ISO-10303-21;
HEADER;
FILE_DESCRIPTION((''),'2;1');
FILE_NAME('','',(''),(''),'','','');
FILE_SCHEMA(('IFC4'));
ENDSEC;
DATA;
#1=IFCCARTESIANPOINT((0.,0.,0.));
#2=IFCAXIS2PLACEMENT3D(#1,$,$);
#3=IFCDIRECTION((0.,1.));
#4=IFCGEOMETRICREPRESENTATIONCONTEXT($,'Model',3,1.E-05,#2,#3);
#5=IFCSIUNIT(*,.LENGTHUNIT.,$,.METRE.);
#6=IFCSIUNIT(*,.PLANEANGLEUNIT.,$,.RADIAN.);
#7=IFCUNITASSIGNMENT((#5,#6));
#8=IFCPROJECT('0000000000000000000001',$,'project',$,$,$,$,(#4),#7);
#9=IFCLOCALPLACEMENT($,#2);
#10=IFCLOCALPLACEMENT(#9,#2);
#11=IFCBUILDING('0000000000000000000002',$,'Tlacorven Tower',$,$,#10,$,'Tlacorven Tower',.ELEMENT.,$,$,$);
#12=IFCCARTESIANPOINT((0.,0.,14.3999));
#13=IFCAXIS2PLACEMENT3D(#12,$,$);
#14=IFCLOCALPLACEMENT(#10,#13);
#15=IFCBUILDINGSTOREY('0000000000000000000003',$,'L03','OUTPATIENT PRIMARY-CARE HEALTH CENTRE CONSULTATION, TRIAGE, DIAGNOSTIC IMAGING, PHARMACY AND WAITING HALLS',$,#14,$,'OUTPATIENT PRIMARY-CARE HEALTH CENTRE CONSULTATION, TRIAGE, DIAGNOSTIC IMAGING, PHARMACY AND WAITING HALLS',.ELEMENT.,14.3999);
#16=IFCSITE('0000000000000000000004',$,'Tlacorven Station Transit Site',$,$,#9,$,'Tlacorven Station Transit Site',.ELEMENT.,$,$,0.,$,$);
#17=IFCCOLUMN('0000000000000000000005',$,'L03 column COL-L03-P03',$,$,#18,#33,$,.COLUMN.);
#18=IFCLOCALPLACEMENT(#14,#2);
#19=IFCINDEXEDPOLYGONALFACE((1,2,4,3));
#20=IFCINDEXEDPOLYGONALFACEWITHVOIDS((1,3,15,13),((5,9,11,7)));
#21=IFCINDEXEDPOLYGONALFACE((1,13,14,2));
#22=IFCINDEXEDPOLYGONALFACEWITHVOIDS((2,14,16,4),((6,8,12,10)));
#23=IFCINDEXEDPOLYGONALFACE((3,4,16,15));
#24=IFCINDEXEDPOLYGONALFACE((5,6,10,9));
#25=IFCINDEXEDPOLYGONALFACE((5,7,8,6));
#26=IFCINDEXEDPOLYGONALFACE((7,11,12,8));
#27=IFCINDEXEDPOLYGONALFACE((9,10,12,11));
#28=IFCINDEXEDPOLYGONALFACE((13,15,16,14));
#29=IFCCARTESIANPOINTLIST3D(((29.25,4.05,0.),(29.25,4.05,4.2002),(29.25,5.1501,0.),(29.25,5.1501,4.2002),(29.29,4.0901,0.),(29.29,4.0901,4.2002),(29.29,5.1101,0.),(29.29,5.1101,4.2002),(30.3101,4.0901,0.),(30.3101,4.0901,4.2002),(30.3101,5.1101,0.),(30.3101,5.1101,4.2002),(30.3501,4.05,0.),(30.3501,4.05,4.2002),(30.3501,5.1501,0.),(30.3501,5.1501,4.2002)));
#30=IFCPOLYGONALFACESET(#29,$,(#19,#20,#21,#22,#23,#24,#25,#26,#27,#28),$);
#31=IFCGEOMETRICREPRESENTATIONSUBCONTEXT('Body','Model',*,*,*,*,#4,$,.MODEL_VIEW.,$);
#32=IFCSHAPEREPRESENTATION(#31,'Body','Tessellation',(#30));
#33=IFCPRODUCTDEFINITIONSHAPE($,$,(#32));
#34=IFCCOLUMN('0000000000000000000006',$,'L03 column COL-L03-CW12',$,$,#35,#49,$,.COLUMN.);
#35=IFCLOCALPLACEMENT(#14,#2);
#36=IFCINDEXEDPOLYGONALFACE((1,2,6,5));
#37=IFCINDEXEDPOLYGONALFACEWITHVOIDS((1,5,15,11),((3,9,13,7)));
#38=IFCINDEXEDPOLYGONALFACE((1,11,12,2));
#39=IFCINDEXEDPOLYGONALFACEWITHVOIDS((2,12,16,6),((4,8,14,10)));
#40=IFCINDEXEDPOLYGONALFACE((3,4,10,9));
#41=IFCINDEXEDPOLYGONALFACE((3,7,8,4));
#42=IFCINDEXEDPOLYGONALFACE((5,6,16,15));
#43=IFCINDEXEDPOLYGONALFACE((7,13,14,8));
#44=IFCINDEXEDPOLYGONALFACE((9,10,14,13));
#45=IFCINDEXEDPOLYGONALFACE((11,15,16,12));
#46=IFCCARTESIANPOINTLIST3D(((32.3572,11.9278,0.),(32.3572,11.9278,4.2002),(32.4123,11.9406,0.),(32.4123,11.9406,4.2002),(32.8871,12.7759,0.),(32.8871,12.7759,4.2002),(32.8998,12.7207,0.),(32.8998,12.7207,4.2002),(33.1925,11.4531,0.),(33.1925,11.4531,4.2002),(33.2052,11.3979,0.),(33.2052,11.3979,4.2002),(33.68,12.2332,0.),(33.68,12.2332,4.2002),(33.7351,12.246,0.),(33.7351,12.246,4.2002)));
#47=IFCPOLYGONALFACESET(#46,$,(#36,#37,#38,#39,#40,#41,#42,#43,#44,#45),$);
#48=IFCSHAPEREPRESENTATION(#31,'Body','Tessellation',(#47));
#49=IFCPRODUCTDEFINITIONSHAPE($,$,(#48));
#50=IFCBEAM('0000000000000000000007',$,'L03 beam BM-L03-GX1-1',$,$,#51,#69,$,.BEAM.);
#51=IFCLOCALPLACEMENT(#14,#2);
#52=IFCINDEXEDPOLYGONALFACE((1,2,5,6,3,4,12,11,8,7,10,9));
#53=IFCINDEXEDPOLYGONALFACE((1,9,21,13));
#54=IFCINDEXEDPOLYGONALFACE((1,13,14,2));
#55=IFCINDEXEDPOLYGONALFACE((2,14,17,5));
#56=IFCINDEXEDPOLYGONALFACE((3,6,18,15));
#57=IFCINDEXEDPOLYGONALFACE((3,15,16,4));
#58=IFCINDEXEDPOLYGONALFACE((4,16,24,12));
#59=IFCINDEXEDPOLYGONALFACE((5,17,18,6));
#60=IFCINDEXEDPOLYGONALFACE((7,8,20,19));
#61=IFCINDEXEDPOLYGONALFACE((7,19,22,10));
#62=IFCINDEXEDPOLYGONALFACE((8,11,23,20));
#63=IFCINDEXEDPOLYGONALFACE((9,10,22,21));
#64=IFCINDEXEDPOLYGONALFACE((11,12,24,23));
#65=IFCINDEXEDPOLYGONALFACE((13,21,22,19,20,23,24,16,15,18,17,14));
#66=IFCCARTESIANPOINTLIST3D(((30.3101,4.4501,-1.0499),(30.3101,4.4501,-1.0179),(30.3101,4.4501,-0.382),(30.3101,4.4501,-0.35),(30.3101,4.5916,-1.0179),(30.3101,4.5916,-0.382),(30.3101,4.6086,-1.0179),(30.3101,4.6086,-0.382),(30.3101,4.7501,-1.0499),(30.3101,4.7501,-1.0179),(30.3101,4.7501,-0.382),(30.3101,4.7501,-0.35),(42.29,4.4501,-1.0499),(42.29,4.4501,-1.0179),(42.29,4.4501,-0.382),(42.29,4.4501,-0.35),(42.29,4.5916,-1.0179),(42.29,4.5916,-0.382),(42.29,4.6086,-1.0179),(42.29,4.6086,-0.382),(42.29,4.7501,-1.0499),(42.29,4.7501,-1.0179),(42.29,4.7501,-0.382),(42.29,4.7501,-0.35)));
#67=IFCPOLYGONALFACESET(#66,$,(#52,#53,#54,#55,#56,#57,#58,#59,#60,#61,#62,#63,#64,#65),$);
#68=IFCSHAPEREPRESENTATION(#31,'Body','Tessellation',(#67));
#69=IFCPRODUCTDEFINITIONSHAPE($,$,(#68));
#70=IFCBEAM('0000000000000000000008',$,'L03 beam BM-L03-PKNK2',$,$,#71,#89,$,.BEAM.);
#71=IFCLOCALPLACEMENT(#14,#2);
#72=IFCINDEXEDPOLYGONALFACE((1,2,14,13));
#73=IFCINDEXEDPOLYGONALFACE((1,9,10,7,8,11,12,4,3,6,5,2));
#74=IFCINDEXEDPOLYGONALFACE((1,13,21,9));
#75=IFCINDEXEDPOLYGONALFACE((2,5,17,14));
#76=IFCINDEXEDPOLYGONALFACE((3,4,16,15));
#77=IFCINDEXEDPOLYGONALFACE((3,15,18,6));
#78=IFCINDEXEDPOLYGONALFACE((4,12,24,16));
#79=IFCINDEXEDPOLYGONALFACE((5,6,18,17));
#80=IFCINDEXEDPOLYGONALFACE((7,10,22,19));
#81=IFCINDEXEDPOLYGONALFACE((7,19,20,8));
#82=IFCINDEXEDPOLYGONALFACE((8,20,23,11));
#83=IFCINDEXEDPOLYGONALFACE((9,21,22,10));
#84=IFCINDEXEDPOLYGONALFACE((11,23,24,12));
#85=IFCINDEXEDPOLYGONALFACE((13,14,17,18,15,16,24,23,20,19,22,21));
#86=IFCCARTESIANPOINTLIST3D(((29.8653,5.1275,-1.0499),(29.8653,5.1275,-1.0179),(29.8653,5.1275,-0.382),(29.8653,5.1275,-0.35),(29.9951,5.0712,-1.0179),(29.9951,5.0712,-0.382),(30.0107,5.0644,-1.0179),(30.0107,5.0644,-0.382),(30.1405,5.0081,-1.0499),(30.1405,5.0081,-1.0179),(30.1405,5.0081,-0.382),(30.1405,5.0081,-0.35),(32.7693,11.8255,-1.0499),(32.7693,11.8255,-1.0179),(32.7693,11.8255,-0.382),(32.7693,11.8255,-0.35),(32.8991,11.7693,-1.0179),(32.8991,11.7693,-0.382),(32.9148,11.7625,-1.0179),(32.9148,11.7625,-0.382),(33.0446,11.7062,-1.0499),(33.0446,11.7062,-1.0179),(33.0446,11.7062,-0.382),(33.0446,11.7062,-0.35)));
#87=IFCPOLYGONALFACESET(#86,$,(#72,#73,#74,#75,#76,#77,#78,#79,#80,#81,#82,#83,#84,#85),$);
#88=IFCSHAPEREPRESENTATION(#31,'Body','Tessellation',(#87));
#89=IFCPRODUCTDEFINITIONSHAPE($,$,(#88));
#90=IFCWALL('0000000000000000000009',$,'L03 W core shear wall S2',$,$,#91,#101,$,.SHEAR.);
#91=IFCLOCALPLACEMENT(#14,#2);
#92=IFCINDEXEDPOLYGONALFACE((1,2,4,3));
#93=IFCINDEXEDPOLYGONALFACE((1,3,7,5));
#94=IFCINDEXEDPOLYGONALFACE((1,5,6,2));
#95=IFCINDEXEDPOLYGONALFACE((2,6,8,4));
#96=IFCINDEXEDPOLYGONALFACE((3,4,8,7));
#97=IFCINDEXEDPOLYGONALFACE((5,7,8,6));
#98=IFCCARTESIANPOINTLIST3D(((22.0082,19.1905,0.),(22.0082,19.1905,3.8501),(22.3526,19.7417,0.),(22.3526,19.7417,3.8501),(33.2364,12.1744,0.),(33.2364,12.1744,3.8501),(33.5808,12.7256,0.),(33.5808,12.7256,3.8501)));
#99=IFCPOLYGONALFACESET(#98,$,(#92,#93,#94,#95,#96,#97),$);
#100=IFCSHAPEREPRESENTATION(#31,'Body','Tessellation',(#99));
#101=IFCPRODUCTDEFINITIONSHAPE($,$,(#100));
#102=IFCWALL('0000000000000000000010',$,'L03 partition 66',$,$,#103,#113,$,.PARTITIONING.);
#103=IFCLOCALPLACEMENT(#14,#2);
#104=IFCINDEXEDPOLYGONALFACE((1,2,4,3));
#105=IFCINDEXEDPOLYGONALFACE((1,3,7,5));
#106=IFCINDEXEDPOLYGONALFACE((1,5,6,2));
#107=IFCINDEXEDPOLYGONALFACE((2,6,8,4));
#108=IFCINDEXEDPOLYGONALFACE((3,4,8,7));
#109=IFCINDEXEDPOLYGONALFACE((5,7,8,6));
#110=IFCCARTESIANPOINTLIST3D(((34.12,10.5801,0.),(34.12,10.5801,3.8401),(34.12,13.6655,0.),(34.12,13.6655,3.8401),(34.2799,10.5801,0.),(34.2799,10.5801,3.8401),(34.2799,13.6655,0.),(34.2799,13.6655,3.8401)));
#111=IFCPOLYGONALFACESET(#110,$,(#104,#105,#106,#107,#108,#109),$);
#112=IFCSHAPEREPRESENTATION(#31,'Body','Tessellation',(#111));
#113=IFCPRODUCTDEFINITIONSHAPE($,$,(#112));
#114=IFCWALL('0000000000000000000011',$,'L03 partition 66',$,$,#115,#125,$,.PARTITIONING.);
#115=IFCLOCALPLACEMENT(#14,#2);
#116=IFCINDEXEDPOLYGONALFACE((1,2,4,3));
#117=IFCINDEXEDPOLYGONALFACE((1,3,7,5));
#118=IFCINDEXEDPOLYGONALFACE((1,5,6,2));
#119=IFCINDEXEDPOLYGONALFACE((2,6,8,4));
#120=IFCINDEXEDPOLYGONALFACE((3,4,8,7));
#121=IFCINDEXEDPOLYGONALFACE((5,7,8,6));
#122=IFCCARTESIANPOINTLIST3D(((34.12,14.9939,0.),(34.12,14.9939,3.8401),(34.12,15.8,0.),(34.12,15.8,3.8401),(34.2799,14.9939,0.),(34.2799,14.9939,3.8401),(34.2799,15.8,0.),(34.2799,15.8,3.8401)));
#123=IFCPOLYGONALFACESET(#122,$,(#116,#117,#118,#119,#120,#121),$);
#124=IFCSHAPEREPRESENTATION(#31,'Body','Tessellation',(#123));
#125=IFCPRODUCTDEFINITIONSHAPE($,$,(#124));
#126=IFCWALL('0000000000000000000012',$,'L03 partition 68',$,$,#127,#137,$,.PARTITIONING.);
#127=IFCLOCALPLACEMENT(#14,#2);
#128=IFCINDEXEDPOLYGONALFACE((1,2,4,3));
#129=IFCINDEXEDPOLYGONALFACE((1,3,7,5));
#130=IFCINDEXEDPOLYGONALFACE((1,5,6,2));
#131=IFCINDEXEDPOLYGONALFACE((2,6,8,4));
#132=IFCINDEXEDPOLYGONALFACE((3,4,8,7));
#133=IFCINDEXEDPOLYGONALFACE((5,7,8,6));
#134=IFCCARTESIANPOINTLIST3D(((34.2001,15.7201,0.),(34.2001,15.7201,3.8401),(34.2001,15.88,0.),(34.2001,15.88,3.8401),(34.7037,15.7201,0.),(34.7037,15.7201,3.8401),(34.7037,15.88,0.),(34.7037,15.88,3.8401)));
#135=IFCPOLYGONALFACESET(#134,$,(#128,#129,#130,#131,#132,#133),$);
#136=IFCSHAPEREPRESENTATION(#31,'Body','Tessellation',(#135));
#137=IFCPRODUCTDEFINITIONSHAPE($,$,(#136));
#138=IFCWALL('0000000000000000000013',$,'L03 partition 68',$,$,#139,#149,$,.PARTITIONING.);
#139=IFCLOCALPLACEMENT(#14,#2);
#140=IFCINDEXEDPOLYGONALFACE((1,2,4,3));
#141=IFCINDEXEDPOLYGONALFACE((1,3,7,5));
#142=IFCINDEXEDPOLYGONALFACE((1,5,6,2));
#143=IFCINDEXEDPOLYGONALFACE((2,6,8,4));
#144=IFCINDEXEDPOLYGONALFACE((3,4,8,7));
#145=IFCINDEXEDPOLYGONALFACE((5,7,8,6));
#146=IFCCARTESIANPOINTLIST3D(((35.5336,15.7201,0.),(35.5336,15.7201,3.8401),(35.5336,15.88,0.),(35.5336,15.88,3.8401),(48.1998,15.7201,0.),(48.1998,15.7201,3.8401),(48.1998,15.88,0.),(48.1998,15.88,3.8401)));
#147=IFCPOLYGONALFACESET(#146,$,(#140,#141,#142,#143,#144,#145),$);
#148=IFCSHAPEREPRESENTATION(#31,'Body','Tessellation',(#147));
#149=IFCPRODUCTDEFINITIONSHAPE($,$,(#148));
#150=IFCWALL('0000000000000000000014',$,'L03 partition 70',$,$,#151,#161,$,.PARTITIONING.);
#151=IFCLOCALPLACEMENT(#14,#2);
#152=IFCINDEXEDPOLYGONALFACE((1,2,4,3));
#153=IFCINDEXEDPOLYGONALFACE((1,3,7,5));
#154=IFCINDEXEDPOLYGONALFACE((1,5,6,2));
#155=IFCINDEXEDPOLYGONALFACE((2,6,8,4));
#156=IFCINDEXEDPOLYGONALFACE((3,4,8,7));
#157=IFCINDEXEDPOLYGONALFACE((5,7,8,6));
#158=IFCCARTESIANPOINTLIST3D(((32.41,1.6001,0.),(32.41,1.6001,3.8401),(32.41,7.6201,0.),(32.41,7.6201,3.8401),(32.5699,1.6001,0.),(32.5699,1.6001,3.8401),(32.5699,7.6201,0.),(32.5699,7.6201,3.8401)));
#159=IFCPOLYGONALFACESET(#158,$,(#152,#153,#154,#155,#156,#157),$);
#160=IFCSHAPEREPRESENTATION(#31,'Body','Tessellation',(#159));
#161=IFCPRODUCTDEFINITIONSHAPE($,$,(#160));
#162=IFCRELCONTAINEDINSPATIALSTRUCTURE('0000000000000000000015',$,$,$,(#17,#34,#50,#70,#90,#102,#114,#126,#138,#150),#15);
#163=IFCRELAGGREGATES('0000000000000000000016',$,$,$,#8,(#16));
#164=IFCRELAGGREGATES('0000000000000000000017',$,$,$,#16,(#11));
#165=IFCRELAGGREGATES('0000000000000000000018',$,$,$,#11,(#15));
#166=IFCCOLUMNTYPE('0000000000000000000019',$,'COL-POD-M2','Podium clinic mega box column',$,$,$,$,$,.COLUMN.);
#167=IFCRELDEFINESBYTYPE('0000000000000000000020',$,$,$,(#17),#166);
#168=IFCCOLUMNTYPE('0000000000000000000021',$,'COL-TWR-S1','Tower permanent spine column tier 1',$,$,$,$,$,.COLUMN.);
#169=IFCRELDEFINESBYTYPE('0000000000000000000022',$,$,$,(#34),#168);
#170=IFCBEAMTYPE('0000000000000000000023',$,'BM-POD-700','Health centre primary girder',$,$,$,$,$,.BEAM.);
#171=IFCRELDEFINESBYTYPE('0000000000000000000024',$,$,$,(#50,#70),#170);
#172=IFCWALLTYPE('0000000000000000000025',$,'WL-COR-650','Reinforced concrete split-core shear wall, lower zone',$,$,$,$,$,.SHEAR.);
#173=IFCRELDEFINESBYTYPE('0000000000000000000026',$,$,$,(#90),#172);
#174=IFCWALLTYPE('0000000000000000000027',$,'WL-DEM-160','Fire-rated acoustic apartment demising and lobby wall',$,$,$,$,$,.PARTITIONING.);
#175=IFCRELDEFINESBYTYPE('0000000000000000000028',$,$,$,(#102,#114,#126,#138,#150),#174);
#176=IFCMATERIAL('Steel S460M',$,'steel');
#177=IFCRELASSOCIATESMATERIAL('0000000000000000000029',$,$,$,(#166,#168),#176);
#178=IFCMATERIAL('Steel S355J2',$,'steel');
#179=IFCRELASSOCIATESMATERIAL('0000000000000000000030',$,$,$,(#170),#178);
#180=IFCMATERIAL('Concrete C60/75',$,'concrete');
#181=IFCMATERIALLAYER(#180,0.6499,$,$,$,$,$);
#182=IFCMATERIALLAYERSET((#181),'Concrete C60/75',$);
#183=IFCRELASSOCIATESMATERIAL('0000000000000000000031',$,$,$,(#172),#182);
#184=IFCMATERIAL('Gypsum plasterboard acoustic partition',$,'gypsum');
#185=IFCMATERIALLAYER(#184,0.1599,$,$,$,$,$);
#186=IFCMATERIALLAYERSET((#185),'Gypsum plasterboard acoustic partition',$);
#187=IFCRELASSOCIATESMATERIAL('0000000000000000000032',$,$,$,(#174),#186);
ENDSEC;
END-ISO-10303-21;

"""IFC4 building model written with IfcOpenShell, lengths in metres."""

from ifc_helpers import new_model, si_unit, direction, frame, frame_2d, origin, origin_2d, place, context, subcontext, project, spatial, rectangle, hollow_rectangle, i_section, extrude, source, transform, mapped, material, layer, layer_set, material_profile, profile_set, type_object, element, save


model = new_model("IFC4")

# Units and contexts
model_context = context("Model", 3, precision=1e-05, world=origin(), true_north=direction((0.0, 1.0)))
body_context = subcontext(model_context, "Body", "Model", "MODEL_VIEW")
ifc_project = project(units=[si_unit("LENGTHUNIT", "METRE"), si_unit("PLANEANGLEUNIT", "RADIAN")], contexts=[model_context])

# Site, building, storey
site_placement = place(None, origin())
site = spatial("IfcSite", under=ifc_project, at=site_placement, Name="Tlacorven Station Transit Site", LongName="Tlacorven Station Transit Site", CompositionType="ELEMENT", RefElevation=0.0)
building_placement = place(site_placement, origin())
building = spatial("IfcBuilding", under=site, at=building_placement, Name="Tlacorven Tower", LongName="Tlacorven Tower", CompositionType="ELEMENT")
storey_placement = place(building_placement, frame((0.0, 0.0, 14.3999)))
storey = spatial("IfcBuildingStorey", under=building, at=storey_placement, Name="L03", Description="OUTPATIENT PRIMARY-CARE HEALTH CENTRE CONSULTATION, TRIAGE, DIAGNOSTIC IMAGING, PHARMACY AND WAITING HALLS", LongName="OUTPATIENT PRIMARY-CARE HEALTH CENTRE CONSULTATION, TRIAGE, DIAGNOSTIC IMAGING, PHARMACY AND WAITING HALLS", CompositionType="ELEMENT", Elevation=14.3999)

# Columns
ifc_material_1 = material(Name="Steel S460M", Category="steel")
ifc_material_profile_1 = material_profile(ifc_material_1, hollow_rectangle(XDim=1.1001, YDim=1.1001, WallThickness=0.04, at=origin_2d()), Name="BOX 1100X1100X40")
ifc_profile_set_1 = profile_set([ifc_material_profile_1], Name="Steel S460M")
column_type_1 = type_object("IfcColumnType", Name="COL-POD-M2", Description="Podium clinic mega box column", PredefinedType="COLUMN", material=ifc_profile_set_1)
shared_shape_1 = source(origin(), body_context, "Body", "SweptSolid", [
    extrude(hollow_rectangle(XDim=1.1001, YDim=1.1001, WallThickness=0.04, at=origin_2d()), origin(), (0.0, 0.0, 1.0), 4.2002),
])
column_1_placement = place(storey_placement, frame((29.8, 4.6001, 0.0), z_axis=(0.0, 0.0, 1.0), x_axis=(1.0, 0.0, 0.0)))
element("IfcColumn", 1, at=column_1_placement, inside=storey, type_object=column_type_1, Name="L03 column COL-L03-P03", PredefinedType="COLUMN", context=body_context, shape_type="MappedRepresentation", body=[
    mapped(shared_shape_1, transform((0.0, 0.0, 0.0), scale=1.0)),
])
ifc_material_profile_2 = material_profile(ifc_material_1, hollow_rectangle(XDim=1.0, YDim=1.0, WallThickness=0.04, at=origin_2d()), Name="BOX 1000X1000X40")
ifc_profile_set_2 = profile_set([ifc_material_profile_2], Name="Steel S460M")
column_type_2 = type_object("IfcColumnType", Name="COL-TWR-S1", Description="Tower permanent spine column tier 1", PredefinedType="COLUMN", material=ifc_profile_set_2)
shared_shape_2 = source(origin(), body_context, "Body", "SweptSolid", [
    extrude(hollow_rectangle(XDim=1.0, YDim=1.0, WallThickness=0.04, at=origin_2d()), origin(), (0.0, 0.0, 1.0), 4.2002),
])
column_2_placement = place(storey_placement, frame((33.0461, 12.0869, 0.0), z_axis=(0.0, 0.0, 1.0), x_axis=(-0.848048, 0.529919, 0.0)))
element("IfcColumn", 2, at=column_2_placement, inside=storey, type_object=column_type_2, Name="L03 column COL-L03-CW12", PredefinedType="COLUMN", context=body_context, shape_type="MappedRepresentation", body=[
    mapped(shared_shape_2, transform((0.0, 0.0, 0.0), scale=1.0)),
])

# Beams
ifc_material_2 = material(Name="Steel S355J2", Category="steel")
ifc_material_profile_3 = material_profile(ifc_material_2, i_section(OverallWidth=0.3, OverallDepth=0.7, WebThickness=0.0171, FlangeThickness=0.032, at=origin_2d()), Name="HEB 700")
ifc_profile_set_3 = profile_set([ifc_material_profile_3], Name="Steel S355J2")
beam_type = type_object("IfcBeamType", Name="BM-POD-700", Description="Health centre primary girder", PredefinedType="BEAM", material=ifc_profile_set_3)
shared_shape_3 = source(origin(), body_context, "Body", "SweptSolid", [
    extrude(i_section(OverallWidth=0.3, OverallDepth=0.7, WebThickness=0.0171, FlangeThickness=0.032, at=origin_2d()), origin(), (0.0, 0.0, 1.0), 11.98),
])
beam_1_placement = place(storey_placement, frame((30.3101, 4.6001, -0.7), z_axis=(1.0, 0.0, 0.0), x_axis=(0.0, 1.0, 0.0)))
element("IfcBeam", 3, at=beam_1_placement, inside=storey, type_object=beam_type, Name="L03 beam BM-L03-GX1-1", PredefinedType="BEAM", context=body_context, shape_type="MappedRepresentation", body=[
    mapped(shared_shape_3, transform((0.0, 0.0, 0.0), scale=1.0)),
])
shared_shape_4 = source(origin(), body_context, "Body", "SweptSolid", [
    extrude(i_section(OverallWidth=0.3, OverallDepth=0.7, WebThickness=0.0171, FlangeThickness=0.032, at=origin_2d()), origin(), (0.0, 0.0, 1.0), 7.3005),
])
beam_2_placement = place(storey_placement, frame((32.907, 11.7659, -0.7), z_axis=(-0.39779, -0.917476, 0.0), x_axis=(0.917476, -0.39779, 0.0)))
element("IfcBeam", 4, at=beam_2_placement, inside=storey, type_object=beam_type, Name="L03 beam BM-L03-PKNK2", PredefinedType="BEAM", context=body_context, shape_type="MappedRepresentation", body=[
    mapped(shared_shape_4, transform((0.0, 0.0, 0.0), scale=1.0)),
])

# Walls
ifc_material_3 = material(Name="Concrete C60/75", Category="concrete")
ifc_layer_1 = layer(ifc_material_3, 0.6499)
ifc_layer_set_1 = layer_set([ifc_layer_1], Name="Concrete C60/75")
wall_type_1 = type_object("IfcWallType", Name="WL-COR-650", Description="Reinforced concrete split-core shear wall, lower zone", PredefinedType="SHEAR", material=ifc_layer_set_1)
wall_1_placement = place(storey_placement, frame((33.4087, 12.45, 0.0), z_axis=(0.0, 0.0, 1.0), x_axis=(-0.848051, 0.529914, 0.0)))
element("IfcWall", 5, at=wall_1_placement, inside=storey, type_object=wall_type_1, Name="L03 W core shear wall S2", PredefinedType="SHEAR", context=body_context, shape_type="SweptSolid", body=[
    extrude(rectangle(XDim=13.24, YDim=0.6499, at=frame_2d((6.6201, 0.0))), origin(), (0.0, 0.0, 1.0), 3.8501),
])
ifc_material_4 = material(Name="Gypsum plasterboard acoustic partition", Category="gypsum")
ifc_layer_2 = layer(ifc_material_4, 0.1599)
ifc_layer_set_2 = layer_set([ifc_layer_2], Name="Gypsum plasterboard acoustic partition")
wall_type_2 = type_object("IfcWallType", Name="WL-DEM-160", Description="Fire-rated acoustic apartment demising and lobby wall", PredefinedType="PARTITIONING", material=ifc_layer_set_2)
wall_2_placement = place(storey_placement, frame((34.2, 10.5801, 0.0), z_axis=(0.0, 0.0, 1.0), x_axis=(0.0, 1.0, 0.0)))
element("IfcWall", 6, at=wall_2_placement, inside=storey, type_object=wall_type_2, Name="L03 partition 66", PredefinedType="PARTITIONING", context=body_context, shape_type="SweptSolid", body=[
    extrude(rectangle(XDim=3.0854, YDim=0.1599, at=frame_2d((1.5427, 0.0))), origin(), (0.0, 0.0, 1.0), 3.8401),
])
wall_3_placement = place(storey_placement, frame((34.2, 14.9939, 0.0), z_axis=(0.0, 0.0, 1.0), x_axis=(0.0, 1.0, 0.0)))
element("IfcWall", 7, at=wall_3_placement, inside=storey, type_object=wall_type_2, Name="L03 partition 66", PredefinedType="PARTITIONING", context=body_context, shape_type="SweptSolid", body=[
    extrude(rectangle(XDim=0.8062, YDim=0.1599, at=frame_2d((0.4031, 0.0))), origin(), (0.0, 0.0, 1.0), 3.8401),
])
wall_4_placement = place(storey_placement, frame((34.2, 15.8, 0.0), z_axis=(0.0, 0.0, 1.0), x_axis=(1.0, 0.0, 0.0)))
element("IfcWall", 8, at=wall_4_placement, inside=storey, type_object=wall_type_2, Name="L03 partition 68", PredefinedType="PARTITIONING", context=body_context, shape_type="SweptSolid", body=[
    extrude(rectangle(XDim=0.5037, YDim=0.1599, at=frame_2d((0.252, 0.0))), origin(), (0.0, 0.0, 1.0), 3.8401),
])
wall_5_placement = place(storey_placement, frame((35.5337, 15.8, 0.0), z_axis=(0.0, 0.0, 1.0), x_axis=(1.0, 0.0, 0.0)))
element("IfcWall", 9, at=wall_5_placement, inside=storey, type_object=wall_type_2, Name="L03 partition 68", PredefinedType="PARTITIONING", context=body_context, shape_type="SweptSolid", body=[
    extrude(rectangle(XDim=12.6663, YDim=0.1599, at=frame_2d((6.333, 0.0))), origin(), (0.0, 0.0, 1.0), 3.8401),
])
wall_6_placement = place(storey_placement, frame((32.49, 1.6001, 0.0), z_axis=(0.0, 0.0, 1.0), x_axis=(0.0, 1.0, 0.0)))
element("IfcWall", 10, at=wall_6_placement, inside=storey, type_object=wall_type_2, Name="L03 partition 70", PredefinedType="PARTITIONING", context=body_context, shape_type="SweptSolid", body=[
    extrude(rectangle(XDim=6.02, YDim=0.1599, at=frame_2d((3.01, 0.0))), origin(), (0.0, 0.0, 1.0), 3.8401),
])

save(model, "model.ifc")
